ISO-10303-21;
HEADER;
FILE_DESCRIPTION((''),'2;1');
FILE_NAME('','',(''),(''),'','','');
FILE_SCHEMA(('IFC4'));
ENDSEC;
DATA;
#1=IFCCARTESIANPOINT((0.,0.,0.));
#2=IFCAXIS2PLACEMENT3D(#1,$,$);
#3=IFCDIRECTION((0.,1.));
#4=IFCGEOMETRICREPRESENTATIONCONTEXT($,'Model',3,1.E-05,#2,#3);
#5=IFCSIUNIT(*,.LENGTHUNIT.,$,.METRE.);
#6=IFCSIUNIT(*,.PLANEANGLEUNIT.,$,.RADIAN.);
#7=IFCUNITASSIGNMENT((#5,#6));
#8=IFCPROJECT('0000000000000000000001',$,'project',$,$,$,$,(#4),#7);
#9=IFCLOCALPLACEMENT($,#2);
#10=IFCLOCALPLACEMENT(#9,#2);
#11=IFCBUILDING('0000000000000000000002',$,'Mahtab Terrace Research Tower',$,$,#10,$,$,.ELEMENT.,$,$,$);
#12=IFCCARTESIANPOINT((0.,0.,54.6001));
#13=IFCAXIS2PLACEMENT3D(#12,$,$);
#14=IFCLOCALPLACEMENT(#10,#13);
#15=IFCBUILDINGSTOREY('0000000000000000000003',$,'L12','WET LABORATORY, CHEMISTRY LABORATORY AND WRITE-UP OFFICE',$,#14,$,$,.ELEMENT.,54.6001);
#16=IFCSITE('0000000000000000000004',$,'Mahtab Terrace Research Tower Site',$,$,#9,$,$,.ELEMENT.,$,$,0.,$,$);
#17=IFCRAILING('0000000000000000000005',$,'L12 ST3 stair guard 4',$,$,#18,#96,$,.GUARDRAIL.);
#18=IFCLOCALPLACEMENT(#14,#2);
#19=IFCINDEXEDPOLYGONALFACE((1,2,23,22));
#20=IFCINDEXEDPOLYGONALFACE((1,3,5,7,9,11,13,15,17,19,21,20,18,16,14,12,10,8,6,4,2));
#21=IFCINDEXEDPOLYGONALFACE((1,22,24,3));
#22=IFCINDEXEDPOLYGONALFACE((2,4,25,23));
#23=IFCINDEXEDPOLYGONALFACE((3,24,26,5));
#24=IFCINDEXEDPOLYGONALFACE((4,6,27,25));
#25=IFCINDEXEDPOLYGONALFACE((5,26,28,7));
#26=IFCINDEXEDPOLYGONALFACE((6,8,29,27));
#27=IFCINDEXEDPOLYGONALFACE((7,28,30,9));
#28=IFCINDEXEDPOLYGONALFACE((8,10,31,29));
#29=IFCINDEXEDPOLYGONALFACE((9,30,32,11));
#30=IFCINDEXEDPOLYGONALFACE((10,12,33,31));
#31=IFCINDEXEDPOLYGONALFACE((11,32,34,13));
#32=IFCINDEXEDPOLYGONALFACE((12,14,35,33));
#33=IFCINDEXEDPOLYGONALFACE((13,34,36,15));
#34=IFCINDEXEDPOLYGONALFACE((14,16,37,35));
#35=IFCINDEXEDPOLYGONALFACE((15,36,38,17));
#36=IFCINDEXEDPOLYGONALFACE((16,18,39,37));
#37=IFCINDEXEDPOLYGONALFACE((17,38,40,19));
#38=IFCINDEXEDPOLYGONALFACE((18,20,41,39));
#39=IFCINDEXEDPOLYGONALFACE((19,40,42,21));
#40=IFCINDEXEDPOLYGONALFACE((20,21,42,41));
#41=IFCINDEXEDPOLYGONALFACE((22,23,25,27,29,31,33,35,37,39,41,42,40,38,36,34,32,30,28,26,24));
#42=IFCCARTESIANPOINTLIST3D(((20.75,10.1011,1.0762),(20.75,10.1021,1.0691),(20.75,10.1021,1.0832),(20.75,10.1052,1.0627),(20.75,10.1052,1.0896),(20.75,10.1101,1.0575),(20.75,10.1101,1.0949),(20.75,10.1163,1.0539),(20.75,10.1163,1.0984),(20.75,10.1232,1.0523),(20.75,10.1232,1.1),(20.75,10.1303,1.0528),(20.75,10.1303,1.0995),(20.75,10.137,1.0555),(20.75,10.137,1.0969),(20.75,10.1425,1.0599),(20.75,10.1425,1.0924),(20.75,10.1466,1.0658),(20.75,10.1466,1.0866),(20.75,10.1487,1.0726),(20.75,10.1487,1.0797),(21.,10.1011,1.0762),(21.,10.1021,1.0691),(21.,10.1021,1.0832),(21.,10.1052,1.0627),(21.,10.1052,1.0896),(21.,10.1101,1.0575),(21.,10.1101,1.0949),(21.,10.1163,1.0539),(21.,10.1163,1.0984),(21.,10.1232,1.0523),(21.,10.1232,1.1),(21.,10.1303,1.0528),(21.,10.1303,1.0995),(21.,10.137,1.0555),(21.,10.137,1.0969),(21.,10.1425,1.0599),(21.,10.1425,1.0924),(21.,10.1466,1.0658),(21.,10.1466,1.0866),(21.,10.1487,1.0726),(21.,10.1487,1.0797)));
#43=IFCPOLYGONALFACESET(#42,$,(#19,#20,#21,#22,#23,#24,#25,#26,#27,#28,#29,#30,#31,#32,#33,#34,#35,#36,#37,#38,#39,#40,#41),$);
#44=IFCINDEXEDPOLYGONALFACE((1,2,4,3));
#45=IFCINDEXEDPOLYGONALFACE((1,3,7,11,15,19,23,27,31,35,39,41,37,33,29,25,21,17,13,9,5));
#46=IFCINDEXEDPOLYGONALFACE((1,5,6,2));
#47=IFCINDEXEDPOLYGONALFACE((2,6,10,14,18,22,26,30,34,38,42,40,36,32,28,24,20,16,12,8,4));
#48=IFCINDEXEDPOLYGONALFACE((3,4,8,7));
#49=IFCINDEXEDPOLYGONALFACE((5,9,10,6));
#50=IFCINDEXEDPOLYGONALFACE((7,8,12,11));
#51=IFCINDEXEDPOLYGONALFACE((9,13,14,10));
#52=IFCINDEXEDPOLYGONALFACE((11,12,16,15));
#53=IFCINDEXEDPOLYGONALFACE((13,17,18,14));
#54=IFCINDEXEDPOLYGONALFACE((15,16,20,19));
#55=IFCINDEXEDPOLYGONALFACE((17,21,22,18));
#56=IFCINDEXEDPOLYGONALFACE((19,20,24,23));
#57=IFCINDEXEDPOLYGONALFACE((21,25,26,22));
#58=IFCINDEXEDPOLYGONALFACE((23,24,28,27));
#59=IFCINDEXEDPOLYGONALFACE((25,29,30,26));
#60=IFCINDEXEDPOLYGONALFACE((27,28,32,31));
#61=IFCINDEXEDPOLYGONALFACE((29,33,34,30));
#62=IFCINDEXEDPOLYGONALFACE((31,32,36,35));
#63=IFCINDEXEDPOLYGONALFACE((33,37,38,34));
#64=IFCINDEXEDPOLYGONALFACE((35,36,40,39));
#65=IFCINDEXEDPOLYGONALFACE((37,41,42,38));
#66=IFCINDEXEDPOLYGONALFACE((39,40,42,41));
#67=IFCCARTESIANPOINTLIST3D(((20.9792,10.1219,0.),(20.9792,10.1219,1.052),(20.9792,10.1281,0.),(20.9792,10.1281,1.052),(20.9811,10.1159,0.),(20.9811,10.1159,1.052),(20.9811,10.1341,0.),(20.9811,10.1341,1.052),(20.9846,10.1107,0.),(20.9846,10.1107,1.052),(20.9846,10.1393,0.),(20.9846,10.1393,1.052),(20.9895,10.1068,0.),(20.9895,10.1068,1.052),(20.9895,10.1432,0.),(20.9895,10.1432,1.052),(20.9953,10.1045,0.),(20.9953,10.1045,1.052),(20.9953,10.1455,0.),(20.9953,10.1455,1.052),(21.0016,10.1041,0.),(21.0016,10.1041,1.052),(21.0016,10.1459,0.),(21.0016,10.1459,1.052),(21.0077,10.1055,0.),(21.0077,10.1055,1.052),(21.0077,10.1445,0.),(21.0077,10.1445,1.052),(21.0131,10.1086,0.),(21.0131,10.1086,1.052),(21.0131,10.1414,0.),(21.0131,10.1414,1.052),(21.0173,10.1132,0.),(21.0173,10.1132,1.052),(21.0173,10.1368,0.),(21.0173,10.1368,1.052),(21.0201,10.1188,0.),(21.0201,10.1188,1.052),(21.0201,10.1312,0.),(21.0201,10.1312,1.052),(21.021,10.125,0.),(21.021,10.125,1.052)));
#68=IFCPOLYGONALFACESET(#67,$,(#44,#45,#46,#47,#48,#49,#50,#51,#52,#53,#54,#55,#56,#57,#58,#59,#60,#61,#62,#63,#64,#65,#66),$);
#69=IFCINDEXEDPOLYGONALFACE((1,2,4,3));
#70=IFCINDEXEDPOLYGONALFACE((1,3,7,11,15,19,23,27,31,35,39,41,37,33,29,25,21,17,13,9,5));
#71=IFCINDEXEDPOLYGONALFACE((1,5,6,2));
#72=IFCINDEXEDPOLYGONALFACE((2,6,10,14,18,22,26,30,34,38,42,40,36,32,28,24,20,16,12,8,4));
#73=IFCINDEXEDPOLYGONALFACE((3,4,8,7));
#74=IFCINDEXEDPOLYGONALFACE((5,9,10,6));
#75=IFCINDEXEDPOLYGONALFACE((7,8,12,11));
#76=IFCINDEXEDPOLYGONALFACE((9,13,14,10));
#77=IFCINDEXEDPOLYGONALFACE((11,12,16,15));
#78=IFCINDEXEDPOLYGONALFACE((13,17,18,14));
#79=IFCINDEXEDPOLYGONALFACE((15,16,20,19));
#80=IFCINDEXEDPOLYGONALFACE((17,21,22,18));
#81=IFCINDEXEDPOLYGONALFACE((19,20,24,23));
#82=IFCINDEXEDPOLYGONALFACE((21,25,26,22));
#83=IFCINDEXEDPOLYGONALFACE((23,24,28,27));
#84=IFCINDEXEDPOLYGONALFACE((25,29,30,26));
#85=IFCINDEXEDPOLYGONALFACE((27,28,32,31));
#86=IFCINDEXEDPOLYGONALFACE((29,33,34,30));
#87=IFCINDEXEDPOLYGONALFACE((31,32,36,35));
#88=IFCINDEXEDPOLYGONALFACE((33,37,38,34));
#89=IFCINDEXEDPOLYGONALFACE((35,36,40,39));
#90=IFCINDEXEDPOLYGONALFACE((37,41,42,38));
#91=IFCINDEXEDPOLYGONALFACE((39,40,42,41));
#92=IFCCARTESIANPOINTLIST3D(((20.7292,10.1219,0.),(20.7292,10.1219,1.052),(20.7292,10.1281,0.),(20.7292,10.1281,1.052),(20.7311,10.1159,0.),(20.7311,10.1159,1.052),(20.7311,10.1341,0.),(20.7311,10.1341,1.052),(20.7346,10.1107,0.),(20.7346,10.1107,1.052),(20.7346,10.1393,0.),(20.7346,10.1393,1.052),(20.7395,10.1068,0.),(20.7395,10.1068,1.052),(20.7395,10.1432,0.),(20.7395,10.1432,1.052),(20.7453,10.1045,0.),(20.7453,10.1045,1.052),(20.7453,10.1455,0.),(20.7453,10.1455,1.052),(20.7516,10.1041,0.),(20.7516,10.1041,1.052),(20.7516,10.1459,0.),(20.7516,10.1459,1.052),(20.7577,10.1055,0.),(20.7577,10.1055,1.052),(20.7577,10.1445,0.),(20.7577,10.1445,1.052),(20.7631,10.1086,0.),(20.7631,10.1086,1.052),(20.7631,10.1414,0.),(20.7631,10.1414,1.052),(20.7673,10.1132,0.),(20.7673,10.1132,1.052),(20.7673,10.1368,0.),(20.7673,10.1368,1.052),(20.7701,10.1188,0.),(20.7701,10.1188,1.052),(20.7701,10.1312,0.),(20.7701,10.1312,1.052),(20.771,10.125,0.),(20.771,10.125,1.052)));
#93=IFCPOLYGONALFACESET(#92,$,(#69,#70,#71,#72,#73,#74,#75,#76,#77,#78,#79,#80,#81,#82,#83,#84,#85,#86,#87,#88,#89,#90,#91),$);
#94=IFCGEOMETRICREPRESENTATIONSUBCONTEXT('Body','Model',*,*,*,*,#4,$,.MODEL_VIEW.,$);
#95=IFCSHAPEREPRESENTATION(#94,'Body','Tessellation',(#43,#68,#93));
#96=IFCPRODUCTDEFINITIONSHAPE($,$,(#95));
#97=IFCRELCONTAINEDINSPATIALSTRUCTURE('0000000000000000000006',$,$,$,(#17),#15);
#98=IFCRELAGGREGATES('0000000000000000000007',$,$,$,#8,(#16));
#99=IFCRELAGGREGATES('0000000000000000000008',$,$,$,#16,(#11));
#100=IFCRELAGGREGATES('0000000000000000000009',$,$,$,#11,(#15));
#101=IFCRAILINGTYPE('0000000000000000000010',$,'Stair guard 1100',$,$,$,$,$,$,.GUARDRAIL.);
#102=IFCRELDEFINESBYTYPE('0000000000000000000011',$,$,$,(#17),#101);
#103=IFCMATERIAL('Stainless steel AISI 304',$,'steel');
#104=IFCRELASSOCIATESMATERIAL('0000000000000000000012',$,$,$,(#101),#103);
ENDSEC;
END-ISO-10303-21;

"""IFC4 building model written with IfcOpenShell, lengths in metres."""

from ifc_helpers import new_model, si_unit, direction, frame, origin, origin_2d, place, context, subcontext, project, spatial, circle, extrude, material, type_object, element, save


model = new_model("IFC4")

# Units and contexts
model_context = context("Model", 3, precision=1e-05, world=origin(), true_north=direction((0.0, 1.0)))
body_context = subcontext(model_context, "Body", "Model", "MODEL_VIEW")
ifc_project = project(units=[si_unit("LENGTHUNIT", "METRE"), si_unit("PLANEANGLEUNIT", "RADIAN")], contexts=[model_context])

# Site, building, storey
site_placement = place(None, origin())
site = spatial("IfcSite", under=ifc_project, at=site_placement, Name="Mahtab Terrace Research Tower Site", CompositionType="ELEMENT", RefElevation=0.0)
building_placement = place(site_placement, origin())
building = spatial("IfcBuilding", under=site, at=building_placement, Name="Mahtab Terrace Research Tower", CompositionType="ELEMENT")
storey_placement = place(building_placement, frame((0.0, 0.0, 54.6001)))
storey = spatial("IfcBuildingStorey", under=building, at=storey_placement, Name="L12", Description="WET LABORATORY, CHEMISTRY LABORATORY AND WRITE-UP OFFICE", CompositionType="ELEMENT", Elevation=54.6001)

# Railing
ifc_material_1 = material(Name="Stainless steel AISI 304", Category="steel")
railing_type_1 = type_object("IfcRailingType", Name="Stair guard 1100", PredefinedType="GUARDRAIL", material=ifc_material_1)
railing_1_placement = place(storey_placement, frame((21.0, 10.125, 0.0)))
element("IfcRailing", 1, at=railing_1_placement, inside=storey, type_object=railing_type_1, Name="L12 ST3 stair guard 4", PredefinedType="GUARDRAIL", context=body_context, shape_type="SweptSolid", body=[
    extrude(circle(Radius=0.0239, at=origin_2d()), frame((0.0, 0.0, 1.0762), z_axis=(-1.0, 0.0, 0.0), x_axis=(0.0, -1.0, 0.0)), (0.0, 0.0, 1.0), 0.25),
    extrude(circle(Radius=0.021, at=origin_2d()), origin(), (0.0, 0.0, 1.0), 1.052),
    extrude(circle(Radius=0.021, at=origin_2d()), frame((-0.25, 0.0, 0.0)), (0.0, 0.0, 1.0), 1.052),
])

save(model, "model.ifc")
